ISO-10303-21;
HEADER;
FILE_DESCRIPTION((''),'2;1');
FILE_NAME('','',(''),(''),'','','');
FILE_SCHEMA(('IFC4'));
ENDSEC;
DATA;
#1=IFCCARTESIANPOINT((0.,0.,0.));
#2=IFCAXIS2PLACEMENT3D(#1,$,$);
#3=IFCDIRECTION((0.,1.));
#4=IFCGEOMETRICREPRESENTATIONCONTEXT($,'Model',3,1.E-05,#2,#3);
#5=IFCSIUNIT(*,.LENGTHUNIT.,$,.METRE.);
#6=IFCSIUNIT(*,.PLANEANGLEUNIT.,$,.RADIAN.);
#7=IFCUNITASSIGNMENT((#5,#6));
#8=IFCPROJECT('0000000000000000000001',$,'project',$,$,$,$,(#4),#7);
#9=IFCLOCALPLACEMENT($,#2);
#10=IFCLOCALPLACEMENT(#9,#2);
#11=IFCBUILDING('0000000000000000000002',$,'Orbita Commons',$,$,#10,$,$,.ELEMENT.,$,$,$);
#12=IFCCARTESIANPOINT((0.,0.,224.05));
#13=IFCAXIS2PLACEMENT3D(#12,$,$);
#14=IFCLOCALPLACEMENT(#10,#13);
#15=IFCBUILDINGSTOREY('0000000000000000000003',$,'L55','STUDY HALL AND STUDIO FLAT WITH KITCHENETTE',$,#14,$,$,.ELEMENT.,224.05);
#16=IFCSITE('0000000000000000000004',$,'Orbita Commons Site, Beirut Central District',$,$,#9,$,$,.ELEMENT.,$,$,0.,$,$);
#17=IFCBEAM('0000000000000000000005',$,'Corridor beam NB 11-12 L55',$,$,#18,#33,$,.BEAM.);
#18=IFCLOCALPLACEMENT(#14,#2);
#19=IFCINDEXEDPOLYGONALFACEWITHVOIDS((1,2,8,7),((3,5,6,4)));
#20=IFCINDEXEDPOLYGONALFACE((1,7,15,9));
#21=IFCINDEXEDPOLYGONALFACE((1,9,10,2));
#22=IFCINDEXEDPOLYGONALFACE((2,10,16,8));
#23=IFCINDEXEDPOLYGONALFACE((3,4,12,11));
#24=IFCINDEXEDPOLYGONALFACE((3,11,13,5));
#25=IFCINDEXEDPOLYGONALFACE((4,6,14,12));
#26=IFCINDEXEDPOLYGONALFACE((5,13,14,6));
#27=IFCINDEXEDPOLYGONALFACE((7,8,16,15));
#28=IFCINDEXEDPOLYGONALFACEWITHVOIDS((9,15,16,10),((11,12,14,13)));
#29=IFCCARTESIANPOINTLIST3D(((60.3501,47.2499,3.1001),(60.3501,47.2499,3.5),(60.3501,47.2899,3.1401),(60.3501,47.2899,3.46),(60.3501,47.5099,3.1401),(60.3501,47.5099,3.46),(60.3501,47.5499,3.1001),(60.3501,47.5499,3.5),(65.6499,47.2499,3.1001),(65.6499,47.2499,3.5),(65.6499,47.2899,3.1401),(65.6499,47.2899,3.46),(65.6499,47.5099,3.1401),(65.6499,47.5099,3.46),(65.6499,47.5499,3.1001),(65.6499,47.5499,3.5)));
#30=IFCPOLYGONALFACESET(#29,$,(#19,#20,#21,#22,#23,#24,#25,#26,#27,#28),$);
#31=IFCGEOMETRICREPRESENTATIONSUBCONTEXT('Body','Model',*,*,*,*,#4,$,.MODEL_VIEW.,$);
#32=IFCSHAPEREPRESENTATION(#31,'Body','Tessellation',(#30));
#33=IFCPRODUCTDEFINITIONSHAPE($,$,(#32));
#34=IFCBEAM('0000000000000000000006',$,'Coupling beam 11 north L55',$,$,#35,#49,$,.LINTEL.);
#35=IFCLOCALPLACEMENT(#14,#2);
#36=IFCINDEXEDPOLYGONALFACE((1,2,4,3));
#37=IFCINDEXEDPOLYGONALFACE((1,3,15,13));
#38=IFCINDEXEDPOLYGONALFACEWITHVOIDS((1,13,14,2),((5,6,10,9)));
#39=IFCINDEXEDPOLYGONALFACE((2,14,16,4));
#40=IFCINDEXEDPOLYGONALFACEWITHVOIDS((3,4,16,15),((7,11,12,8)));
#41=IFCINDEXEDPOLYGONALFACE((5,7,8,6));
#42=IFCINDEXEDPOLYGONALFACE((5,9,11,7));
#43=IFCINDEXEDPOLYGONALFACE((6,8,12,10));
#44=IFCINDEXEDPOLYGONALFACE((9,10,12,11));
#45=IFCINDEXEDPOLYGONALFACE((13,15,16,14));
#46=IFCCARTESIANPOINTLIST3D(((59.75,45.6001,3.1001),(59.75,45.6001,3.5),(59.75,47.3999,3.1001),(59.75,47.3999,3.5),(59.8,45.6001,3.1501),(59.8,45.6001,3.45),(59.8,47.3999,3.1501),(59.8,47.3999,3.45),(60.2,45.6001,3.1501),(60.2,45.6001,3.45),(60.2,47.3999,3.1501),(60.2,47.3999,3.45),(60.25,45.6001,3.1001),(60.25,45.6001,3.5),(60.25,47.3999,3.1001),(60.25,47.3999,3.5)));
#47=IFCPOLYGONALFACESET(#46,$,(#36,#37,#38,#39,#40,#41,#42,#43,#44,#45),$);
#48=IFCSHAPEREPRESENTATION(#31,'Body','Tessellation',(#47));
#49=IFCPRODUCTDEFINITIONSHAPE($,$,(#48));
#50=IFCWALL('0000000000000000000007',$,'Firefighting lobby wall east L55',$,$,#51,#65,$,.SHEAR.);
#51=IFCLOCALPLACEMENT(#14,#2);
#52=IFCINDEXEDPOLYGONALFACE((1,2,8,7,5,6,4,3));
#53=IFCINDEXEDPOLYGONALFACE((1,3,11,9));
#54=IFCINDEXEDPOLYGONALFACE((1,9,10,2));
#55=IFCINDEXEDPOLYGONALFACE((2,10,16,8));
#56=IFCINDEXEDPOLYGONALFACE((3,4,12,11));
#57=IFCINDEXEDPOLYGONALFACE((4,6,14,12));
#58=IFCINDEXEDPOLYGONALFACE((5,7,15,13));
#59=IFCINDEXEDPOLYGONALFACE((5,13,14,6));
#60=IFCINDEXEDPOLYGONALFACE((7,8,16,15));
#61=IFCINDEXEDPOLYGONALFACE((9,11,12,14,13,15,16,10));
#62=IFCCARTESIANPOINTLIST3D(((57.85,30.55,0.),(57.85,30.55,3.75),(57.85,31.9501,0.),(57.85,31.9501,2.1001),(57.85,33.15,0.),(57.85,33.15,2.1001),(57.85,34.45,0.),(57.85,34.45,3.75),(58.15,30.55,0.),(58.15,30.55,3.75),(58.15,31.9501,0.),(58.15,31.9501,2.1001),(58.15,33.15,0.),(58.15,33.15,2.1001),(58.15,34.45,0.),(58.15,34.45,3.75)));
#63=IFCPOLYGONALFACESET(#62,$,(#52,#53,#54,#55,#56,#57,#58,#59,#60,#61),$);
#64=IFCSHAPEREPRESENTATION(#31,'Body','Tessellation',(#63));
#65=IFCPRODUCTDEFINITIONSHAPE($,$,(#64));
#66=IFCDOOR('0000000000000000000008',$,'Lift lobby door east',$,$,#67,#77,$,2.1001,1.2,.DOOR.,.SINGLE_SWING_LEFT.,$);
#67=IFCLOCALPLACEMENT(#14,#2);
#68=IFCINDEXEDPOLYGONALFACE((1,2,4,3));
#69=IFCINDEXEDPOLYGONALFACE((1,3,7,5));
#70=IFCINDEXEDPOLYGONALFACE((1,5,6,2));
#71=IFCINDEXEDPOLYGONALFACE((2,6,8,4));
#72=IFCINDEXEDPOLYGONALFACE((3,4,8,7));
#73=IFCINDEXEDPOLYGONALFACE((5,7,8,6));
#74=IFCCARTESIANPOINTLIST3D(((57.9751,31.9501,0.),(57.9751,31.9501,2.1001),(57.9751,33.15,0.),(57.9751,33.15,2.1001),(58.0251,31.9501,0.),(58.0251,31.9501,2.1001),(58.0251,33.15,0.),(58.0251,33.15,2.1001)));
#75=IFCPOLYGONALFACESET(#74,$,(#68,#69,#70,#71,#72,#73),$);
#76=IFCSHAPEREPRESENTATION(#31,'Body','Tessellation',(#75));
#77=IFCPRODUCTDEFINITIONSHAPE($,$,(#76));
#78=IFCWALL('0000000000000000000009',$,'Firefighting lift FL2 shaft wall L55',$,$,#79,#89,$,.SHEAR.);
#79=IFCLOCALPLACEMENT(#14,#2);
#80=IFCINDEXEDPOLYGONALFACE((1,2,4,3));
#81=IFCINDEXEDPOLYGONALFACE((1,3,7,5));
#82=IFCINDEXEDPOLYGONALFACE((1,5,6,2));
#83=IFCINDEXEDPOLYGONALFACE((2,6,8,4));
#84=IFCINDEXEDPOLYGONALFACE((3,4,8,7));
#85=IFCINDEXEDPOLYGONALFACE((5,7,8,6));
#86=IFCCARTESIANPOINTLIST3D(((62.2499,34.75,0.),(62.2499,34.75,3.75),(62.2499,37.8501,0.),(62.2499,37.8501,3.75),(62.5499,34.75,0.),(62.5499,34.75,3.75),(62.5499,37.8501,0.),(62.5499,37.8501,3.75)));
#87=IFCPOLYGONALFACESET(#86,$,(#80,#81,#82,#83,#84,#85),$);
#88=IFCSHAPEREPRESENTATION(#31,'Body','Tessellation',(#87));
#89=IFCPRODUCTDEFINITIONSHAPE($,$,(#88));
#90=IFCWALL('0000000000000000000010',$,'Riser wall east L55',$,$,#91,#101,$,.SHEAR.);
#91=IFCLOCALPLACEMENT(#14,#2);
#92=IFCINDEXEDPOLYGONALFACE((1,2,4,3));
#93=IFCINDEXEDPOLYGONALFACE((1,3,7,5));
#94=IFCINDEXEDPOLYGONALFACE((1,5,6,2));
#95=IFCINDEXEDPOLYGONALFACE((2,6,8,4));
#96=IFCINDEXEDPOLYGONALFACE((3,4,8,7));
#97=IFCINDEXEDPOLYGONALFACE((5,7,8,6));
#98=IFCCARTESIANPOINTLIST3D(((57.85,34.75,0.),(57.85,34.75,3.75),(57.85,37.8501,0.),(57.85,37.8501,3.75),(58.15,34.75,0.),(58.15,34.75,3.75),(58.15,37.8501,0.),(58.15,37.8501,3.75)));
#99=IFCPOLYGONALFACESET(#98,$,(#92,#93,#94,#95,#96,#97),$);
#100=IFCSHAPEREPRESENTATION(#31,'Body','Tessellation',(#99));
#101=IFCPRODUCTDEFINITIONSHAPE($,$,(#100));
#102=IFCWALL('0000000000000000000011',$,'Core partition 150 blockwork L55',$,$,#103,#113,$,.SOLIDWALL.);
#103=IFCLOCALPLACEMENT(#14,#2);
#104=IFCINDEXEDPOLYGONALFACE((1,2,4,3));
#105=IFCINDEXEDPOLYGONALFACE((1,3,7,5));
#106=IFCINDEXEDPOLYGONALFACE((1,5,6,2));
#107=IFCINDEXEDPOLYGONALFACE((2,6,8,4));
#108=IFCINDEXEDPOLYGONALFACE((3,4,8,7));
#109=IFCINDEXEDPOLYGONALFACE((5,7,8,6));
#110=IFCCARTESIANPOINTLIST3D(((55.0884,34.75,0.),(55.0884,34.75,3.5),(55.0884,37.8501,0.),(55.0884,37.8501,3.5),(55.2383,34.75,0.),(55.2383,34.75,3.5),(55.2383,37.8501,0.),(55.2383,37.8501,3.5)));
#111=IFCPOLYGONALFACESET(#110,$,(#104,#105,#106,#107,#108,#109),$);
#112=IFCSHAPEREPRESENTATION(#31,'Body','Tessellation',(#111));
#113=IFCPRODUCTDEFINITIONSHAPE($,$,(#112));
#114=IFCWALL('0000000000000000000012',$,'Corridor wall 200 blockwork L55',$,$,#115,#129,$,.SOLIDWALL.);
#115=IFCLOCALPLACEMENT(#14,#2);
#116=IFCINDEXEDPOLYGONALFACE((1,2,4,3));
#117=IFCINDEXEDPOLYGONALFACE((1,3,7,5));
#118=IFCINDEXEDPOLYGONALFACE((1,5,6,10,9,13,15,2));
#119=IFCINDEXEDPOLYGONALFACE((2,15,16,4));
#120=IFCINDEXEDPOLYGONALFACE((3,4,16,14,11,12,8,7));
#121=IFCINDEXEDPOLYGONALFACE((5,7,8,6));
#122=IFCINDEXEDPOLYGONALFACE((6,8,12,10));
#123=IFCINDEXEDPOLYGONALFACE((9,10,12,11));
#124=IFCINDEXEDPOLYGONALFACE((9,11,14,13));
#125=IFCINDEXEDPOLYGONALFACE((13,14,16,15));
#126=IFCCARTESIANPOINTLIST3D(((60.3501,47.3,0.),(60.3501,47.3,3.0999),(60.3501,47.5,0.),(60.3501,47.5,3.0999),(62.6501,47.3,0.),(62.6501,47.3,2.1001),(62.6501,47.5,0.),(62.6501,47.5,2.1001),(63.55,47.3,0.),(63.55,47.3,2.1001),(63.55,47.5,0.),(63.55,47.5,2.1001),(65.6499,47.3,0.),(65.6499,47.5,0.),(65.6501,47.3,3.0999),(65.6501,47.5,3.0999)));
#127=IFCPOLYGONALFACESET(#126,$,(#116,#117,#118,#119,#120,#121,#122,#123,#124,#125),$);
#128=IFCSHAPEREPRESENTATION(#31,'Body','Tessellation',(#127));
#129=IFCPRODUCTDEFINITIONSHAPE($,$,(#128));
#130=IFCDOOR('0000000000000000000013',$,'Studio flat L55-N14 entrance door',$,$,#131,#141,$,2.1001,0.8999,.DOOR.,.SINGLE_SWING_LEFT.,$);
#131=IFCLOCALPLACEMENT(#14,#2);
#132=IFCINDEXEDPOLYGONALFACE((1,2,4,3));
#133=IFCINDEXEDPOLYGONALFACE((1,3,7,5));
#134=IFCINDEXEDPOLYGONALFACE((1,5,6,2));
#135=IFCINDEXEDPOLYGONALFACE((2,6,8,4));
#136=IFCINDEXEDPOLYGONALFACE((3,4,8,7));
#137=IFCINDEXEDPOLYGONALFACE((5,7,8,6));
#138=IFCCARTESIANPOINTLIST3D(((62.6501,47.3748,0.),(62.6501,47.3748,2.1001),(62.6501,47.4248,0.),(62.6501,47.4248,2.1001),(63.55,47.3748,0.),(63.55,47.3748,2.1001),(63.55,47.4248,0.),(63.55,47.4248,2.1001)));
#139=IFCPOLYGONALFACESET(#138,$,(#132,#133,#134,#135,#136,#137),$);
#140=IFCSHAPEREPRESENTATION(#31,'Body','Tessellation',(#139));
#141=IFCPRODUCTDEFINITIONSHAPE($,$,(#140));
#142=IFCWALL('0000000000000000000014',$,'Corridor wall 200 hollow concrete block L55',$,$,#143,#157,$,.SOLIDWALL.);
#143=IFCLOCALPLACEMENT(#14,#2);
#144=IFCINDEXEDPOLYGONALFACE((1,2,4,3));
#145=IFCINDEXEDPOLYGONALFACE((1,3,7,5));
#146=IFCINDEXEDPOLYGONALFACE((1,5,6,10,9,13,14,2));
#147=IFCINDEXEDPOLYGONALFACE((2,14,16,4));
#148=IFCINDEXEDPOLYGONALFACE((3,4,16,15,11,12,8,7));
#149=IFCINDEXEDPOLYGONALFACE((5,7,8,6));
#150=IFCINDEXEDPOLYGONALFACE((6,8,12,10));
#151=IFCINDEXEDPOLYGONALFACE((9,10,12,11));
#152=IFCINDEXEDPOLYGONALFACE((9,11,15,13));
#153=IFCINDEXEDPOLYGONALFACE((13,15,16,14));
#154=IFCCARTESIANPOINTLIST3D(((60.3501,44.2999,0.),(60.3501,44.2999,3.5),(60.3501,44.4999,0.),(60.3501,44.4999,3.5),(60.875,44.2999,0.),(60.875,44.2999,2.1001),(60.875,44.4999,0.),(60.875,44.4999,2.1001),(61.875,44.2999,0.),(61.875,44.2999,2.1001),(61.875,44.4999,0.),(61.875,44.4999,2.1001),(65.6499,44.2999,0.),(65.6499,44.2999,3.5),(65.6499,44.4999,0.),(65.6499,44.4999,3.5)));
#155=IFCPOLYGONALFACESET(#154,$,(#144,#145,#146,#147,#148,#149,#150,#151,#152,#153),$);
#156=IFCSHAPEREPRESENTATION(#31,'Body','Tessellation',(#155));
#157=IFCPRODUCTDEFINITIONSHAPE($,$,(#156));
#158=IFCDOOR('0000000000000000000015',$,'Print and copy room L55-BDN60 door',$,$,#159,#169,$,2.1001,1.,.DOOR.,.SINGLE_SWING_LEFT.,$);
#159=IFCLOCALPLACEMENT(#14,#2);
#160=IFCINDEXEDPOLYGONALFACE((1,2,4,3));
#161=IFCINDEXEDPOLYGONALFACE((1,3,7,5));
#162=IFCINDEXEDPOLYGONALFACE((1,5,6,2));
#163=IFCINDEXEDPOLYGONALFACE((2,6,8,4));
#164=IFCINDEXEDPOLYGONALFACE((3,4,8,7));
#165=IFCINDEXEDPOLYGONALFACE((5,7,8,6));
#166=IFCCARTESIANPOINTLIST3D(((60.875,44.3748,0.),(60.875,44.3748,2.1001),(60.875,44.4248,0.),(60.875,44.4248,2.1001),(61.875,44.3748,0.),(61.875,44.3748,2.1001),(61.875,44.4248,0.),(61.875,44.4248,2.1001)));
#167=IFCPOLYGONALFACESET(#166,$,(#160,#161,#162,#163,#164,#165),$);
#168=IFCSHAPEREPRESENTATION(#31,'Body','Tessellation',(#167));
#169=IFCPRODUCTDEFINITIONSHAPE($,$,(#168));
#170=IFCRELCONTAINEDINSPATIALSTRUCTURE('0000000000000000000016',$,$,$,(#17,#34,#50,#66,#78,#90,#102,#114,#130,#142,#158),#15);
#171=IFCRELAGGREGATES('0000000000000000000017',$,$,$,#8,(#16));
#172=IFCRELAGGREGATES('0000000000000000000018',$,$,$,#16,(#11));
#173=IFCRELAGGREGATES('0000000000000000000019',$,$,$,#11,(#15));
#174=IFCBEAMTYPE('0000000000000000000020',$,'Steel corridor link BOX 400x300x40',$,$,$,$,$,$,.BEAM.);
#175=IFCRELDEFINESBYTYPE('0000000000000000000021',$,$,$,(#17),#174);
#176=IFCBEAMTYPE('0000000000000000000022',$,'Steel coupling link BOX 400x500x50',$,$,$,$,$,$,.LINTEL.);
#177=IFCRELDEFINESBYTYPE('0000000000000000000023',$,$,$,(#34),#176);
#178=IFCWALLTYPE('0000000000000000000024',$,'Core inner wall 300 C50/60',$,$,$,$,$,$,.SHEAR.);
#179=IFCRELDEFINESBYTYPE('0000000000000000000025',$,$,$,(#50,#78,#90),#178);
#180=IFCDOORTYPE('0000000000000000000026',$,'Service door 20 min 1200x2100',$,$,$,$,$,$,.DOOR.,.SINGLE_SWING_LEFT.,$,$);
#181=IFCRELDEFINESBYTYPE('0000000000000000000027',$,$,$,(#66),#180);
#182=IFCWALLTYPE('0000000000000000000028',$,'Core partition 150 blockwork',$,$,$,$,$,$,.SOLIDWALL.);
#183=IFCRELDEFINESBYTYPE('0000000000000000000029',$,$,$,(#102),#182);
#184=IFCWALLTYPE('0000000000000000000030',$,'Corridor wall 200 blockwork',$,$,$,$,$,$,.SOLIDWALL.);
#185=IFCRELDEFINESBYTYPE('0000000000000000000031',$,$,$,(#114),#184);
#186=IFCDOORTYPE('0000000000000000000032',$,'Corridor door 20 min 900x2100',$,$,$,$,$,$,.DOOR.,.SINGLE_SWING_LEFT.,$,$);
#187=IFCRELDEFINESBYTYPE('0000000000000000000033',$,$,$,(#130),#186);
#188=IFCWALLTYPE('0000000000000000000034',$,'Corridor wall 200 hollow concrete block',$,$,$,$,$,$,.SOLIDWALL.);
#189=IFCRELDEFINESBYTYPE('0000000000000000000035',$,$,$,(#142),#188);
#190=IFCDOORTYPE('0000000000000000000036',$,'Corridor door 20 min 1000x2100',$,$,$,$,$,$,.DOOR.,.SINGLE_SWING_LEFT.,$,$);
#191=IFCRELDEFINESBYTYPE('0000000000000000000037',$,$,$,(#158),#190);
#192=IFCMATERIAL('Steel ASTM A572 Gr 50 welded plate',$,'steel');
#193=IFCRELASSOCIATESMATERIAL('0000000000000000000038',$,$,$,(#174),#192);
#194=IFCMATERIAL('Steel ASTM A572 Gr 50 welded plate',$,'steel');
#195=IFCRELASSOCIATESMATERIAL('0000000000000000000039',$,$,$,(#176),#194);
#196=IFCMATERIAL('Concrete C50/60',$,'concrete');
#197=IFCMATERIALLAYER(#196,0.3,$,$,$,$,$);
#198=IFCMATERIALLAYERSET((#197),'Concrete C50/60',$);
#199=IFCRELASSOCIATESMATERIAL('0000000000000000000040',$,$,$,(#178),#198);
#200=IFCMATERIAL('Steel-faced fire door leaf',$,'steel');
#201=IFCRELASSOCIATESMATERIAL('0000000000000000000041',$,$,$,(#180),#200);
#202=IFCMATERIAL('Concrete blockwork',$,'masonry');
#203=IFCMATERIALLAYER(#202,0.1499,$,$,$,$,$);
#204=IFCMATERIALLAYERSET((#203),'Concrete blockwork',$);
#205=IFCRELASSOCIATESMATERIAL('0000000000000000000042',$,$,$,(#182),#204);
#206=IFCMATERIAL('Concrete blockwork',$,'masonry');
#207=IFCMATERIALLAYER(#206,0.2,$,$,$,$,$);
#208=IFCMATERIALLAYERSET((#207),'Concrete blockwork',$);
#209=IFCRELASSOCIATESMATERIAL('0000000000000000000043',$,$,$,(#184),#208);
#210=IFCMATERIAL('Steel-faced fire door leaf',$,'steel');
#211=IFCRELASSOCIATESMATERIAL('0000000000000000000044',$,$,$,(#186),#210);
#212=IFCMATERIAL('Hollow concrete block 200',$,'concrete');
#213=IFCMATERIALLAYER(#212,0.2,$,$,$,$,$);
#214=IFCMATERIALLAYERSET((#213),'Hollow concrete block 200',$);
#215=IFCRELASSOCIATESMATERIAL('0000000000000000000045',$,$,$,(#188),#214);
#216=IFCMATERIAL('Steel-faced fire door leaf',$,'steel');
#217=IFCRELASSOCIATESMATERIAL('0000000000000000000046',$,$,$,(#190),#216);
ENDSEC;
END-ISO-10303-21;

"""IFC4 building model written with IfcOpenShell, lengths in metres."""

from ifc_helpers import new_model, si_unit, direction, frame, frame_2d, origin, origin_2d, place, context, subcontext, project, spatial, polyline, rectangle, hollow_rectangle, outline, extrude, material, layer, layer_set, material_profile, profile_set, type_object, element, fill, save


model = new_model("IFC4")

# Units and contexts
model_context = context("Model", 3, precision=1e-05, world=origin(), true_north=direction((0.0, 1.0)))
body_context = subcontext(model_context, "Body", "Model", "MODEL_VIEW")
ifc_project = project(units=[si_unit("LENGTHUNIT", "METRE"), si_unit("PLANEANGLEUNIT", "RADIAN")], contexts=[model_context])

# Site, building, storey
site_placement = place(None, origin())
site = spatial("IfcSite", under=ifc_project, at=site_placement, Name="Orbita Commons Site, Beirut Central District", CompositionType="ELEMENT", RefElevation=0.0)
building_placement = place(site_placement, origin())
building = spatial("IfcBuilding", under=site, at=building_placement, Name="Orbita Commons", CompositionType="ELEMENT")
storey_placement = place(building_placement, frame((0.0, 0.0, 224.05)))
storey = spatial("IfcBuildingStorey", under=building, at=storey_placement, Name="L55", Description="STUDY HALL AND STUDIO FLAT WITH KITCHENETTE", CompositionType="ELEMENT", Elevation=224.05)

# Beams
ifc_material_1 = material(Name="Steel ASTM A572 Gr 50 welded plate", Category="steel")
ifc_material_profile_1 = material_profile(ifc_material_1, hollow_rectangle(XDim=0.3, YDim=0.3999, WallThickness=0.04, at=origin_2d()), Name="BOX 400x300x40")
ifc_profile_set_1 = profile_set([ifc_material_profile_1], Name="Steel ASTM A572 Gr 50 welded plate")
beam_type_1 = type_object("IfcBeamType", Name="Steel corridor link BOX 400x300x40", PredefinedType="BEAM", material=ifc_profile_set_1)
beam_1_placement = place(storey_placement, frame((60.3501, 47.3999, 3.3), z_axis=(1.0, 0.0, 0.0), x_axis=(0.0, 1.0, 0.0)))
element("IfcBeam", 1, at=beam_1_placement, inside=storey, type_object=beam_type_1, Name="Corridor beam NB 11-12 L55", PredefinedType="BEAM", context=body_context, shape_type="SweptSolid", body=[
    extrude(hollow_rectangle(XDim=0.3, YDim=0.3999, WallThickness=0.04, at=origin_2d()), origin(), (0.0, 0.0, 1.0), 5.2998),
])
ifc_material_2 = material(Name="Steel ASTM A572 Gr 50 welded plate", Category="steel")
ifc_material_profile_2 = material_profile(ifc_material_2, hollow_rectangle(XDim=0.5, YDim=0.3999, WallThickness=0.05, at=origin_2d()), Name="BOX 400x500x50")
ifc_profile_set_2 = profile_set([ifc_material_profile_2], Name="Steel ASTM A572 Gr 50 welded plate")
beam_type_2 = type_object("IfcBeamType", Name="Steel coupling link BOX 400x500x50", PredefinedType="LINTEL", material=ifc_profile_set_2)
beam_2_placement = place(storey_placement, frame((60.0, 45.6001, 3.3), z_axis=(0.0, 1.0, 0.0), x_axis=(-1.0, 0.0, 0.0)))
element("IfcBeam", 2, at=beam_2_placement, inside=storey, type_object=beam_type_2, Name="Coupling beam 11 north L55", PredefinedType="LINTEL", context=body_context, shape_type="SweptSolid", body=[
    extrude(hollow_rectangle(XDim=0.5, YDim=0.3999, WallThickness=0.05, at=origin_2d()), origin(), (0.0, 0.0, 1.0), 1.7998),
])

# Wall, opening, door
ifc_material_3 = material(Name="Concrete C50/60", Category="concrete")
ifc_layer_1 = layer(ifc_material_3, 0.3)
ifc_layer_set_1 = layer_set([ifc_layer_1], Name="Concrete C50/60")
wall_type_1 = type_object("IfcWallType", Name="Core inner wall 300 C50/60", PredefinedType="SHEAR", material=ifc_layer_set_1)
wall_1_placement = place(storey_placement, frame((58.0, 30.55, 0.0), z_axis=(0.0, 0.0, 1.0), x_axis=(0.0, 1.0, 0.0)))
wall_1 = element("IfcWall", 3, at=wall_1_placement, inside=storey, type_object=wall_type_1, Name="Firefighting lobby wall east L55", PredefinedType="SHEAR", context=body_context, shape_type="SweptSolid", body=[
    extrude(rectangle(XDim=3.8999, YDim=0.3, at=frame_2d((1.95, 0.0))), origin(), (0.0, 0.0, 1.0), 3.75),
])
opening_1_placement = place(wall_1_placement, frame((1.3999, 0.0, 0.0)))
opening_1 = element("IfcOpeningElement", 4, at=opening_1_placement, cuts=wall_1, PredefinedType="OPENING", context=body_context, shape_type="SweptSolid", body=[
    extrude(rectangle(XDim=1.2, YDim=2.1001, at=frame_2d((0.6001, 1.05))), frame((0.0, 0.1599, 0.0), z_axis=(0.0, -1.0, 0.0), x_axis=(1.0, 0.0, 0.0)), (0.0, 0.0, 1.0), 0.3201),
])
ifc_material_4 = material(Name="Steel-faced fire door leaf", Category="steel")
door_type_1 = type_object("IfcDoorType", Name="Service door 20 min 1200x2100", OperationType="SINGLE_SWING_LEFT", PredefinedType="DOOR", material=ifc_material_4)
door_1_placement = place(opening_1_placement, origin())
door_1 = element("IfcDoor", 5, at=door_1_placement, inside=storey, type_object=door_type_1, Name="Lift lobby door east", OperationType="SINGLE_SWING_LEFT", OverallHeight=2.1001, OverallWidth=1.2, PredefinedType="DOOR", context=body_context, shape_type="SweptSolid", body=[
    extrude(rectangle(XDim=1.2, YDim=2.1001, at=frame_2d((0.6001, 1.05))), frame((0.0, 0.0249, 0.0), z_axis=(0.0, -1.0, 0.0), x_axis=(1.0, 0.0, 0.0)), (0.0, 0.0, 1.0), 0.05),
])
fill(opening_1, door_1)

# Walls
for number, where, z_axis, x_axis, name in (
    (6, (62.3999, 34.75, 0.0), (0.0, 0.0, 1.0), (0.0, 1.0, 0.0), "Firefighting lift FL2 shaft wall L55"),
    (7, (58.0, 34.75, 0.0), (0.0, 0.0, 1.0), (0.0, 1.0, 0.0), "Riser wall east L55"),
):
    element("IfcWall", number, at=place(storey_placement, frame(where, z_axis=z_axis, x_axis=x_axis)), inside=storey, type_object=wall_type_1, Name=name, PredefinedType="SHEAR", context=body_context, shape_type="SweptSolid", body=[
        extrude(rectangle(XDim=3.1001, YDim=0.3, at=frame_2d((1.55, 0.0))), origin(), (0.0, 0.0, 1.0), 3.75),
    ])
ifc_material_5 = material(Name="Concrete blockwork", Category="masonry")
ifc_layer_2 = layer(ifc_material_5, 0.1499)
ifc_layer_set_2 = layer_set([ifc_layer_2], Name="Concrete blockwork")
wall_type_2 = type_object("IfcWallType", Name="Core partition 150 blockwork", PredefinedType="SOLIDWALL", material=ifc_layer_set_2)
wall_2_placement = place(storey_placement, frame((55.1633, 34.75, 0.0), z_axis=(0.0, 0.0, 1.0), x_axis=(0.0, 1.0, 0.0)))
element("IfcWall", 8, at=wall_2_placement, inside=storey, type_object=wall_type_2, Name="Core partition 150 blockwork L55", PredefinedType="SOLIDWALL", context=body_context, shape_type="SweptSolid", body=[
    extrude(rectangle(XDim=3.1001, YDim=0.1499, at=frame_2d((1.55, 0.0))), origin(), (0.0, 0.0, 1.0), 3.5),
])

# Walls, openings, doors
ifc_material_6 = material(Name="Concrete blockwork", Category="masonry")
ifc_layer_3 = layer(ifc_material_6, 0.2)
ifc_layer_set_3 = layer_set([ifc_layer_3], Name="Concrete blockwork")
wall_type_3 = type_object("IfcWallType", Name="Corridor wall 200 blockwork", PredefinedType="SOLIDWALL", material=ifc_layer_set_3)
wall_3_placement = place(storey_placement, frame((60.3501, 47.3999, 0.0), z_axis=(0.0, 0.0, 1.0), x_axis=(1.0, 0.0, 0.0)))
wall_3 = element("IfcWall", 9, at=wall_3_placement, inside=storey, type_object=wall_type_3, Name="Corridor wall 200 blockwork L55", PredefinedType="SOLIDWALL", context=body_context, shape_type="SweptSolid", body=[
    extrude(outline(polyline([(0.0, 0.0), (5.2998, 0.0), (5.3, 3.0999), (0.0, 3.0999), (0.0, 0.0)])), frame((0.0, 0.1001, 0.0), z_axis=(0.0, -1.0, 0.0), x_axis=(1.0, 0.0, 0.0)), (0.0, 0.0, 1.0), 0.2),
])
opening_2_placement = place(wall_3_placement, frame((2.3, 0.0, 0.0)))
opening_2 = element("IfcOpeningElement", 10, at=opening_2_placement, cuts=wall_3, PredefinedType="OPENING", context=body_context, shape_type="SweptSolid", body=[
    extrude(rectangle(XDim=0.8999, YDim=2.1001, at=frame_2d((0.45, 1.05))), frame((0.0, 0.1099, 0.0), z_axis=(0.0, -1.0, 0.0), x_axis=(1.0, 0.0, 0.0)), (0.0, 0.0, 1.0), 0.22),
])
ifc_material_7 = material(Name="Steel-faced fire door leaf", Category="steel")
door_type_2 = type_object("IfcDoorType", Name="Corridor door 20 min 900x2100", OperationType="SINGLE_SWING_LEFT", PredefinedType="DOOR", material=ifc_material_7)
door_2_placement = place(opening_2_placement, origin())
door_2 = element("IfcDoor", 11, at=door_2_placement, inside=storey, type_object=door_type_2, Name="Studio flat L55-N14 entrance door", OperationType="SINGLE_SWING_LEFT", OverallHeight=2.1001, OverallWidth=0.8999, PredefinedType="DOOR", context=body_context, shape_type="SweptSolid", body=[
    extrude(rectangle(XDim=0.8999, YDim=2.1001, at=frame_2d((0.45, 1.05))), frame((0.0, 0.0249, 0.0), z_axis=(0.0, -1.0, 0.0), x_axis=(1.0, 0.0, 0.0)), (0.0, 0.0, 1.0), 0.05),
])
fill(opening_2, door_2)
ifc_material_8 = material(Name="Hollow concrete block 200", Category="concrete")
ifc_layer_4 = layer(ifc_material_8, 0.2)
ifc_layer_set_4 = layer_set([ifc_layer_4], Name="Hollow concrete block 200")
wall_type_4 = type_object("IfcWallType", Name="Corridor wall 200 hollow concrete block", PredefinedType="SOLIDWALL", material=ifc_layer_set_4)
wall_4_placement = place(storey_placement, frame((60.3501, 44.3999, 0.0), z_axis=(0.0, 0.0, 1.0), x_axis=(1.0, 0.0, 0.0)))
wall_4 = element("IfcWall", 12, at=wall_4_placement, inside=storey, type_object=wall_type_4, Name="Corridor wall 200 hollow concrete block L55", PredefinedType="SOLIDWALL", context=body_context, shape_type="SweptSolid", body=[
    extrude(rectangle(XDim=5.2998, YDim=0.2, at=frame_2d((2.6499, 0.0))), origin(), (0.0, 0.0, 1.0), 3.5),
])
opening_3_placement = place(wall_4_placement, frame((0.5249, 0.0, 0.0)))
opening_3 = element("IfcOpeningElement", 13, at=opening_3_placement, cuts=wall_4, PredefinedType="OPENING", context=body_context, shape_type="SweptSolid", body=[
    extrude(rectangle(XDim=1.0, YDim=2.1001, at=frame_2d((0.5, 1.05))), frame((0.0, 0.1099, 0.0), z_axis=(0.0, -1.0, 0.0), x_axis=(1.0, 0.0, 0.0)), (0.0, 0.0, 1.0), 0.22),
])
ifc_material_9 = material(Name="Steel-faced fire door leaf", Category="steel")
door_type_3 = type_object("IfcDoorType", Name="Corridor door 20 min 1000x2100", OperationType="SINGLE_SWING_LEFT", PredefinedType="DOOR", material=ifc_material_9)
door_3_placement = place(opening_3_placement, origin())
door_3 = element("IfcDoor", 14, at=door_3_placement, inside=storey, type_object=door_type_3, Name="Print and copy room L55-BDN60 door", OperationType="SINGLE_SWING_LEFT", OverallHeight=2.1001, OverallWidth=1.0, PredefinedType="DOOR", context=body_context, shape_type="SweptSolid", body=[
    extrude(rectangle(XDim=1.0, YDim=2.1001, at=frame_2d((0.5, 1.05))), frame((0.0, 0.0249, 0.0), z_axis=(0.0, -1.0, 0.0), x_axis=(1.0, 0.0, 0.0)), (0.0, 0.0, 1.0), 0.05),
])
fill(opening_3, door_3)

save(model, "model.ifc")
